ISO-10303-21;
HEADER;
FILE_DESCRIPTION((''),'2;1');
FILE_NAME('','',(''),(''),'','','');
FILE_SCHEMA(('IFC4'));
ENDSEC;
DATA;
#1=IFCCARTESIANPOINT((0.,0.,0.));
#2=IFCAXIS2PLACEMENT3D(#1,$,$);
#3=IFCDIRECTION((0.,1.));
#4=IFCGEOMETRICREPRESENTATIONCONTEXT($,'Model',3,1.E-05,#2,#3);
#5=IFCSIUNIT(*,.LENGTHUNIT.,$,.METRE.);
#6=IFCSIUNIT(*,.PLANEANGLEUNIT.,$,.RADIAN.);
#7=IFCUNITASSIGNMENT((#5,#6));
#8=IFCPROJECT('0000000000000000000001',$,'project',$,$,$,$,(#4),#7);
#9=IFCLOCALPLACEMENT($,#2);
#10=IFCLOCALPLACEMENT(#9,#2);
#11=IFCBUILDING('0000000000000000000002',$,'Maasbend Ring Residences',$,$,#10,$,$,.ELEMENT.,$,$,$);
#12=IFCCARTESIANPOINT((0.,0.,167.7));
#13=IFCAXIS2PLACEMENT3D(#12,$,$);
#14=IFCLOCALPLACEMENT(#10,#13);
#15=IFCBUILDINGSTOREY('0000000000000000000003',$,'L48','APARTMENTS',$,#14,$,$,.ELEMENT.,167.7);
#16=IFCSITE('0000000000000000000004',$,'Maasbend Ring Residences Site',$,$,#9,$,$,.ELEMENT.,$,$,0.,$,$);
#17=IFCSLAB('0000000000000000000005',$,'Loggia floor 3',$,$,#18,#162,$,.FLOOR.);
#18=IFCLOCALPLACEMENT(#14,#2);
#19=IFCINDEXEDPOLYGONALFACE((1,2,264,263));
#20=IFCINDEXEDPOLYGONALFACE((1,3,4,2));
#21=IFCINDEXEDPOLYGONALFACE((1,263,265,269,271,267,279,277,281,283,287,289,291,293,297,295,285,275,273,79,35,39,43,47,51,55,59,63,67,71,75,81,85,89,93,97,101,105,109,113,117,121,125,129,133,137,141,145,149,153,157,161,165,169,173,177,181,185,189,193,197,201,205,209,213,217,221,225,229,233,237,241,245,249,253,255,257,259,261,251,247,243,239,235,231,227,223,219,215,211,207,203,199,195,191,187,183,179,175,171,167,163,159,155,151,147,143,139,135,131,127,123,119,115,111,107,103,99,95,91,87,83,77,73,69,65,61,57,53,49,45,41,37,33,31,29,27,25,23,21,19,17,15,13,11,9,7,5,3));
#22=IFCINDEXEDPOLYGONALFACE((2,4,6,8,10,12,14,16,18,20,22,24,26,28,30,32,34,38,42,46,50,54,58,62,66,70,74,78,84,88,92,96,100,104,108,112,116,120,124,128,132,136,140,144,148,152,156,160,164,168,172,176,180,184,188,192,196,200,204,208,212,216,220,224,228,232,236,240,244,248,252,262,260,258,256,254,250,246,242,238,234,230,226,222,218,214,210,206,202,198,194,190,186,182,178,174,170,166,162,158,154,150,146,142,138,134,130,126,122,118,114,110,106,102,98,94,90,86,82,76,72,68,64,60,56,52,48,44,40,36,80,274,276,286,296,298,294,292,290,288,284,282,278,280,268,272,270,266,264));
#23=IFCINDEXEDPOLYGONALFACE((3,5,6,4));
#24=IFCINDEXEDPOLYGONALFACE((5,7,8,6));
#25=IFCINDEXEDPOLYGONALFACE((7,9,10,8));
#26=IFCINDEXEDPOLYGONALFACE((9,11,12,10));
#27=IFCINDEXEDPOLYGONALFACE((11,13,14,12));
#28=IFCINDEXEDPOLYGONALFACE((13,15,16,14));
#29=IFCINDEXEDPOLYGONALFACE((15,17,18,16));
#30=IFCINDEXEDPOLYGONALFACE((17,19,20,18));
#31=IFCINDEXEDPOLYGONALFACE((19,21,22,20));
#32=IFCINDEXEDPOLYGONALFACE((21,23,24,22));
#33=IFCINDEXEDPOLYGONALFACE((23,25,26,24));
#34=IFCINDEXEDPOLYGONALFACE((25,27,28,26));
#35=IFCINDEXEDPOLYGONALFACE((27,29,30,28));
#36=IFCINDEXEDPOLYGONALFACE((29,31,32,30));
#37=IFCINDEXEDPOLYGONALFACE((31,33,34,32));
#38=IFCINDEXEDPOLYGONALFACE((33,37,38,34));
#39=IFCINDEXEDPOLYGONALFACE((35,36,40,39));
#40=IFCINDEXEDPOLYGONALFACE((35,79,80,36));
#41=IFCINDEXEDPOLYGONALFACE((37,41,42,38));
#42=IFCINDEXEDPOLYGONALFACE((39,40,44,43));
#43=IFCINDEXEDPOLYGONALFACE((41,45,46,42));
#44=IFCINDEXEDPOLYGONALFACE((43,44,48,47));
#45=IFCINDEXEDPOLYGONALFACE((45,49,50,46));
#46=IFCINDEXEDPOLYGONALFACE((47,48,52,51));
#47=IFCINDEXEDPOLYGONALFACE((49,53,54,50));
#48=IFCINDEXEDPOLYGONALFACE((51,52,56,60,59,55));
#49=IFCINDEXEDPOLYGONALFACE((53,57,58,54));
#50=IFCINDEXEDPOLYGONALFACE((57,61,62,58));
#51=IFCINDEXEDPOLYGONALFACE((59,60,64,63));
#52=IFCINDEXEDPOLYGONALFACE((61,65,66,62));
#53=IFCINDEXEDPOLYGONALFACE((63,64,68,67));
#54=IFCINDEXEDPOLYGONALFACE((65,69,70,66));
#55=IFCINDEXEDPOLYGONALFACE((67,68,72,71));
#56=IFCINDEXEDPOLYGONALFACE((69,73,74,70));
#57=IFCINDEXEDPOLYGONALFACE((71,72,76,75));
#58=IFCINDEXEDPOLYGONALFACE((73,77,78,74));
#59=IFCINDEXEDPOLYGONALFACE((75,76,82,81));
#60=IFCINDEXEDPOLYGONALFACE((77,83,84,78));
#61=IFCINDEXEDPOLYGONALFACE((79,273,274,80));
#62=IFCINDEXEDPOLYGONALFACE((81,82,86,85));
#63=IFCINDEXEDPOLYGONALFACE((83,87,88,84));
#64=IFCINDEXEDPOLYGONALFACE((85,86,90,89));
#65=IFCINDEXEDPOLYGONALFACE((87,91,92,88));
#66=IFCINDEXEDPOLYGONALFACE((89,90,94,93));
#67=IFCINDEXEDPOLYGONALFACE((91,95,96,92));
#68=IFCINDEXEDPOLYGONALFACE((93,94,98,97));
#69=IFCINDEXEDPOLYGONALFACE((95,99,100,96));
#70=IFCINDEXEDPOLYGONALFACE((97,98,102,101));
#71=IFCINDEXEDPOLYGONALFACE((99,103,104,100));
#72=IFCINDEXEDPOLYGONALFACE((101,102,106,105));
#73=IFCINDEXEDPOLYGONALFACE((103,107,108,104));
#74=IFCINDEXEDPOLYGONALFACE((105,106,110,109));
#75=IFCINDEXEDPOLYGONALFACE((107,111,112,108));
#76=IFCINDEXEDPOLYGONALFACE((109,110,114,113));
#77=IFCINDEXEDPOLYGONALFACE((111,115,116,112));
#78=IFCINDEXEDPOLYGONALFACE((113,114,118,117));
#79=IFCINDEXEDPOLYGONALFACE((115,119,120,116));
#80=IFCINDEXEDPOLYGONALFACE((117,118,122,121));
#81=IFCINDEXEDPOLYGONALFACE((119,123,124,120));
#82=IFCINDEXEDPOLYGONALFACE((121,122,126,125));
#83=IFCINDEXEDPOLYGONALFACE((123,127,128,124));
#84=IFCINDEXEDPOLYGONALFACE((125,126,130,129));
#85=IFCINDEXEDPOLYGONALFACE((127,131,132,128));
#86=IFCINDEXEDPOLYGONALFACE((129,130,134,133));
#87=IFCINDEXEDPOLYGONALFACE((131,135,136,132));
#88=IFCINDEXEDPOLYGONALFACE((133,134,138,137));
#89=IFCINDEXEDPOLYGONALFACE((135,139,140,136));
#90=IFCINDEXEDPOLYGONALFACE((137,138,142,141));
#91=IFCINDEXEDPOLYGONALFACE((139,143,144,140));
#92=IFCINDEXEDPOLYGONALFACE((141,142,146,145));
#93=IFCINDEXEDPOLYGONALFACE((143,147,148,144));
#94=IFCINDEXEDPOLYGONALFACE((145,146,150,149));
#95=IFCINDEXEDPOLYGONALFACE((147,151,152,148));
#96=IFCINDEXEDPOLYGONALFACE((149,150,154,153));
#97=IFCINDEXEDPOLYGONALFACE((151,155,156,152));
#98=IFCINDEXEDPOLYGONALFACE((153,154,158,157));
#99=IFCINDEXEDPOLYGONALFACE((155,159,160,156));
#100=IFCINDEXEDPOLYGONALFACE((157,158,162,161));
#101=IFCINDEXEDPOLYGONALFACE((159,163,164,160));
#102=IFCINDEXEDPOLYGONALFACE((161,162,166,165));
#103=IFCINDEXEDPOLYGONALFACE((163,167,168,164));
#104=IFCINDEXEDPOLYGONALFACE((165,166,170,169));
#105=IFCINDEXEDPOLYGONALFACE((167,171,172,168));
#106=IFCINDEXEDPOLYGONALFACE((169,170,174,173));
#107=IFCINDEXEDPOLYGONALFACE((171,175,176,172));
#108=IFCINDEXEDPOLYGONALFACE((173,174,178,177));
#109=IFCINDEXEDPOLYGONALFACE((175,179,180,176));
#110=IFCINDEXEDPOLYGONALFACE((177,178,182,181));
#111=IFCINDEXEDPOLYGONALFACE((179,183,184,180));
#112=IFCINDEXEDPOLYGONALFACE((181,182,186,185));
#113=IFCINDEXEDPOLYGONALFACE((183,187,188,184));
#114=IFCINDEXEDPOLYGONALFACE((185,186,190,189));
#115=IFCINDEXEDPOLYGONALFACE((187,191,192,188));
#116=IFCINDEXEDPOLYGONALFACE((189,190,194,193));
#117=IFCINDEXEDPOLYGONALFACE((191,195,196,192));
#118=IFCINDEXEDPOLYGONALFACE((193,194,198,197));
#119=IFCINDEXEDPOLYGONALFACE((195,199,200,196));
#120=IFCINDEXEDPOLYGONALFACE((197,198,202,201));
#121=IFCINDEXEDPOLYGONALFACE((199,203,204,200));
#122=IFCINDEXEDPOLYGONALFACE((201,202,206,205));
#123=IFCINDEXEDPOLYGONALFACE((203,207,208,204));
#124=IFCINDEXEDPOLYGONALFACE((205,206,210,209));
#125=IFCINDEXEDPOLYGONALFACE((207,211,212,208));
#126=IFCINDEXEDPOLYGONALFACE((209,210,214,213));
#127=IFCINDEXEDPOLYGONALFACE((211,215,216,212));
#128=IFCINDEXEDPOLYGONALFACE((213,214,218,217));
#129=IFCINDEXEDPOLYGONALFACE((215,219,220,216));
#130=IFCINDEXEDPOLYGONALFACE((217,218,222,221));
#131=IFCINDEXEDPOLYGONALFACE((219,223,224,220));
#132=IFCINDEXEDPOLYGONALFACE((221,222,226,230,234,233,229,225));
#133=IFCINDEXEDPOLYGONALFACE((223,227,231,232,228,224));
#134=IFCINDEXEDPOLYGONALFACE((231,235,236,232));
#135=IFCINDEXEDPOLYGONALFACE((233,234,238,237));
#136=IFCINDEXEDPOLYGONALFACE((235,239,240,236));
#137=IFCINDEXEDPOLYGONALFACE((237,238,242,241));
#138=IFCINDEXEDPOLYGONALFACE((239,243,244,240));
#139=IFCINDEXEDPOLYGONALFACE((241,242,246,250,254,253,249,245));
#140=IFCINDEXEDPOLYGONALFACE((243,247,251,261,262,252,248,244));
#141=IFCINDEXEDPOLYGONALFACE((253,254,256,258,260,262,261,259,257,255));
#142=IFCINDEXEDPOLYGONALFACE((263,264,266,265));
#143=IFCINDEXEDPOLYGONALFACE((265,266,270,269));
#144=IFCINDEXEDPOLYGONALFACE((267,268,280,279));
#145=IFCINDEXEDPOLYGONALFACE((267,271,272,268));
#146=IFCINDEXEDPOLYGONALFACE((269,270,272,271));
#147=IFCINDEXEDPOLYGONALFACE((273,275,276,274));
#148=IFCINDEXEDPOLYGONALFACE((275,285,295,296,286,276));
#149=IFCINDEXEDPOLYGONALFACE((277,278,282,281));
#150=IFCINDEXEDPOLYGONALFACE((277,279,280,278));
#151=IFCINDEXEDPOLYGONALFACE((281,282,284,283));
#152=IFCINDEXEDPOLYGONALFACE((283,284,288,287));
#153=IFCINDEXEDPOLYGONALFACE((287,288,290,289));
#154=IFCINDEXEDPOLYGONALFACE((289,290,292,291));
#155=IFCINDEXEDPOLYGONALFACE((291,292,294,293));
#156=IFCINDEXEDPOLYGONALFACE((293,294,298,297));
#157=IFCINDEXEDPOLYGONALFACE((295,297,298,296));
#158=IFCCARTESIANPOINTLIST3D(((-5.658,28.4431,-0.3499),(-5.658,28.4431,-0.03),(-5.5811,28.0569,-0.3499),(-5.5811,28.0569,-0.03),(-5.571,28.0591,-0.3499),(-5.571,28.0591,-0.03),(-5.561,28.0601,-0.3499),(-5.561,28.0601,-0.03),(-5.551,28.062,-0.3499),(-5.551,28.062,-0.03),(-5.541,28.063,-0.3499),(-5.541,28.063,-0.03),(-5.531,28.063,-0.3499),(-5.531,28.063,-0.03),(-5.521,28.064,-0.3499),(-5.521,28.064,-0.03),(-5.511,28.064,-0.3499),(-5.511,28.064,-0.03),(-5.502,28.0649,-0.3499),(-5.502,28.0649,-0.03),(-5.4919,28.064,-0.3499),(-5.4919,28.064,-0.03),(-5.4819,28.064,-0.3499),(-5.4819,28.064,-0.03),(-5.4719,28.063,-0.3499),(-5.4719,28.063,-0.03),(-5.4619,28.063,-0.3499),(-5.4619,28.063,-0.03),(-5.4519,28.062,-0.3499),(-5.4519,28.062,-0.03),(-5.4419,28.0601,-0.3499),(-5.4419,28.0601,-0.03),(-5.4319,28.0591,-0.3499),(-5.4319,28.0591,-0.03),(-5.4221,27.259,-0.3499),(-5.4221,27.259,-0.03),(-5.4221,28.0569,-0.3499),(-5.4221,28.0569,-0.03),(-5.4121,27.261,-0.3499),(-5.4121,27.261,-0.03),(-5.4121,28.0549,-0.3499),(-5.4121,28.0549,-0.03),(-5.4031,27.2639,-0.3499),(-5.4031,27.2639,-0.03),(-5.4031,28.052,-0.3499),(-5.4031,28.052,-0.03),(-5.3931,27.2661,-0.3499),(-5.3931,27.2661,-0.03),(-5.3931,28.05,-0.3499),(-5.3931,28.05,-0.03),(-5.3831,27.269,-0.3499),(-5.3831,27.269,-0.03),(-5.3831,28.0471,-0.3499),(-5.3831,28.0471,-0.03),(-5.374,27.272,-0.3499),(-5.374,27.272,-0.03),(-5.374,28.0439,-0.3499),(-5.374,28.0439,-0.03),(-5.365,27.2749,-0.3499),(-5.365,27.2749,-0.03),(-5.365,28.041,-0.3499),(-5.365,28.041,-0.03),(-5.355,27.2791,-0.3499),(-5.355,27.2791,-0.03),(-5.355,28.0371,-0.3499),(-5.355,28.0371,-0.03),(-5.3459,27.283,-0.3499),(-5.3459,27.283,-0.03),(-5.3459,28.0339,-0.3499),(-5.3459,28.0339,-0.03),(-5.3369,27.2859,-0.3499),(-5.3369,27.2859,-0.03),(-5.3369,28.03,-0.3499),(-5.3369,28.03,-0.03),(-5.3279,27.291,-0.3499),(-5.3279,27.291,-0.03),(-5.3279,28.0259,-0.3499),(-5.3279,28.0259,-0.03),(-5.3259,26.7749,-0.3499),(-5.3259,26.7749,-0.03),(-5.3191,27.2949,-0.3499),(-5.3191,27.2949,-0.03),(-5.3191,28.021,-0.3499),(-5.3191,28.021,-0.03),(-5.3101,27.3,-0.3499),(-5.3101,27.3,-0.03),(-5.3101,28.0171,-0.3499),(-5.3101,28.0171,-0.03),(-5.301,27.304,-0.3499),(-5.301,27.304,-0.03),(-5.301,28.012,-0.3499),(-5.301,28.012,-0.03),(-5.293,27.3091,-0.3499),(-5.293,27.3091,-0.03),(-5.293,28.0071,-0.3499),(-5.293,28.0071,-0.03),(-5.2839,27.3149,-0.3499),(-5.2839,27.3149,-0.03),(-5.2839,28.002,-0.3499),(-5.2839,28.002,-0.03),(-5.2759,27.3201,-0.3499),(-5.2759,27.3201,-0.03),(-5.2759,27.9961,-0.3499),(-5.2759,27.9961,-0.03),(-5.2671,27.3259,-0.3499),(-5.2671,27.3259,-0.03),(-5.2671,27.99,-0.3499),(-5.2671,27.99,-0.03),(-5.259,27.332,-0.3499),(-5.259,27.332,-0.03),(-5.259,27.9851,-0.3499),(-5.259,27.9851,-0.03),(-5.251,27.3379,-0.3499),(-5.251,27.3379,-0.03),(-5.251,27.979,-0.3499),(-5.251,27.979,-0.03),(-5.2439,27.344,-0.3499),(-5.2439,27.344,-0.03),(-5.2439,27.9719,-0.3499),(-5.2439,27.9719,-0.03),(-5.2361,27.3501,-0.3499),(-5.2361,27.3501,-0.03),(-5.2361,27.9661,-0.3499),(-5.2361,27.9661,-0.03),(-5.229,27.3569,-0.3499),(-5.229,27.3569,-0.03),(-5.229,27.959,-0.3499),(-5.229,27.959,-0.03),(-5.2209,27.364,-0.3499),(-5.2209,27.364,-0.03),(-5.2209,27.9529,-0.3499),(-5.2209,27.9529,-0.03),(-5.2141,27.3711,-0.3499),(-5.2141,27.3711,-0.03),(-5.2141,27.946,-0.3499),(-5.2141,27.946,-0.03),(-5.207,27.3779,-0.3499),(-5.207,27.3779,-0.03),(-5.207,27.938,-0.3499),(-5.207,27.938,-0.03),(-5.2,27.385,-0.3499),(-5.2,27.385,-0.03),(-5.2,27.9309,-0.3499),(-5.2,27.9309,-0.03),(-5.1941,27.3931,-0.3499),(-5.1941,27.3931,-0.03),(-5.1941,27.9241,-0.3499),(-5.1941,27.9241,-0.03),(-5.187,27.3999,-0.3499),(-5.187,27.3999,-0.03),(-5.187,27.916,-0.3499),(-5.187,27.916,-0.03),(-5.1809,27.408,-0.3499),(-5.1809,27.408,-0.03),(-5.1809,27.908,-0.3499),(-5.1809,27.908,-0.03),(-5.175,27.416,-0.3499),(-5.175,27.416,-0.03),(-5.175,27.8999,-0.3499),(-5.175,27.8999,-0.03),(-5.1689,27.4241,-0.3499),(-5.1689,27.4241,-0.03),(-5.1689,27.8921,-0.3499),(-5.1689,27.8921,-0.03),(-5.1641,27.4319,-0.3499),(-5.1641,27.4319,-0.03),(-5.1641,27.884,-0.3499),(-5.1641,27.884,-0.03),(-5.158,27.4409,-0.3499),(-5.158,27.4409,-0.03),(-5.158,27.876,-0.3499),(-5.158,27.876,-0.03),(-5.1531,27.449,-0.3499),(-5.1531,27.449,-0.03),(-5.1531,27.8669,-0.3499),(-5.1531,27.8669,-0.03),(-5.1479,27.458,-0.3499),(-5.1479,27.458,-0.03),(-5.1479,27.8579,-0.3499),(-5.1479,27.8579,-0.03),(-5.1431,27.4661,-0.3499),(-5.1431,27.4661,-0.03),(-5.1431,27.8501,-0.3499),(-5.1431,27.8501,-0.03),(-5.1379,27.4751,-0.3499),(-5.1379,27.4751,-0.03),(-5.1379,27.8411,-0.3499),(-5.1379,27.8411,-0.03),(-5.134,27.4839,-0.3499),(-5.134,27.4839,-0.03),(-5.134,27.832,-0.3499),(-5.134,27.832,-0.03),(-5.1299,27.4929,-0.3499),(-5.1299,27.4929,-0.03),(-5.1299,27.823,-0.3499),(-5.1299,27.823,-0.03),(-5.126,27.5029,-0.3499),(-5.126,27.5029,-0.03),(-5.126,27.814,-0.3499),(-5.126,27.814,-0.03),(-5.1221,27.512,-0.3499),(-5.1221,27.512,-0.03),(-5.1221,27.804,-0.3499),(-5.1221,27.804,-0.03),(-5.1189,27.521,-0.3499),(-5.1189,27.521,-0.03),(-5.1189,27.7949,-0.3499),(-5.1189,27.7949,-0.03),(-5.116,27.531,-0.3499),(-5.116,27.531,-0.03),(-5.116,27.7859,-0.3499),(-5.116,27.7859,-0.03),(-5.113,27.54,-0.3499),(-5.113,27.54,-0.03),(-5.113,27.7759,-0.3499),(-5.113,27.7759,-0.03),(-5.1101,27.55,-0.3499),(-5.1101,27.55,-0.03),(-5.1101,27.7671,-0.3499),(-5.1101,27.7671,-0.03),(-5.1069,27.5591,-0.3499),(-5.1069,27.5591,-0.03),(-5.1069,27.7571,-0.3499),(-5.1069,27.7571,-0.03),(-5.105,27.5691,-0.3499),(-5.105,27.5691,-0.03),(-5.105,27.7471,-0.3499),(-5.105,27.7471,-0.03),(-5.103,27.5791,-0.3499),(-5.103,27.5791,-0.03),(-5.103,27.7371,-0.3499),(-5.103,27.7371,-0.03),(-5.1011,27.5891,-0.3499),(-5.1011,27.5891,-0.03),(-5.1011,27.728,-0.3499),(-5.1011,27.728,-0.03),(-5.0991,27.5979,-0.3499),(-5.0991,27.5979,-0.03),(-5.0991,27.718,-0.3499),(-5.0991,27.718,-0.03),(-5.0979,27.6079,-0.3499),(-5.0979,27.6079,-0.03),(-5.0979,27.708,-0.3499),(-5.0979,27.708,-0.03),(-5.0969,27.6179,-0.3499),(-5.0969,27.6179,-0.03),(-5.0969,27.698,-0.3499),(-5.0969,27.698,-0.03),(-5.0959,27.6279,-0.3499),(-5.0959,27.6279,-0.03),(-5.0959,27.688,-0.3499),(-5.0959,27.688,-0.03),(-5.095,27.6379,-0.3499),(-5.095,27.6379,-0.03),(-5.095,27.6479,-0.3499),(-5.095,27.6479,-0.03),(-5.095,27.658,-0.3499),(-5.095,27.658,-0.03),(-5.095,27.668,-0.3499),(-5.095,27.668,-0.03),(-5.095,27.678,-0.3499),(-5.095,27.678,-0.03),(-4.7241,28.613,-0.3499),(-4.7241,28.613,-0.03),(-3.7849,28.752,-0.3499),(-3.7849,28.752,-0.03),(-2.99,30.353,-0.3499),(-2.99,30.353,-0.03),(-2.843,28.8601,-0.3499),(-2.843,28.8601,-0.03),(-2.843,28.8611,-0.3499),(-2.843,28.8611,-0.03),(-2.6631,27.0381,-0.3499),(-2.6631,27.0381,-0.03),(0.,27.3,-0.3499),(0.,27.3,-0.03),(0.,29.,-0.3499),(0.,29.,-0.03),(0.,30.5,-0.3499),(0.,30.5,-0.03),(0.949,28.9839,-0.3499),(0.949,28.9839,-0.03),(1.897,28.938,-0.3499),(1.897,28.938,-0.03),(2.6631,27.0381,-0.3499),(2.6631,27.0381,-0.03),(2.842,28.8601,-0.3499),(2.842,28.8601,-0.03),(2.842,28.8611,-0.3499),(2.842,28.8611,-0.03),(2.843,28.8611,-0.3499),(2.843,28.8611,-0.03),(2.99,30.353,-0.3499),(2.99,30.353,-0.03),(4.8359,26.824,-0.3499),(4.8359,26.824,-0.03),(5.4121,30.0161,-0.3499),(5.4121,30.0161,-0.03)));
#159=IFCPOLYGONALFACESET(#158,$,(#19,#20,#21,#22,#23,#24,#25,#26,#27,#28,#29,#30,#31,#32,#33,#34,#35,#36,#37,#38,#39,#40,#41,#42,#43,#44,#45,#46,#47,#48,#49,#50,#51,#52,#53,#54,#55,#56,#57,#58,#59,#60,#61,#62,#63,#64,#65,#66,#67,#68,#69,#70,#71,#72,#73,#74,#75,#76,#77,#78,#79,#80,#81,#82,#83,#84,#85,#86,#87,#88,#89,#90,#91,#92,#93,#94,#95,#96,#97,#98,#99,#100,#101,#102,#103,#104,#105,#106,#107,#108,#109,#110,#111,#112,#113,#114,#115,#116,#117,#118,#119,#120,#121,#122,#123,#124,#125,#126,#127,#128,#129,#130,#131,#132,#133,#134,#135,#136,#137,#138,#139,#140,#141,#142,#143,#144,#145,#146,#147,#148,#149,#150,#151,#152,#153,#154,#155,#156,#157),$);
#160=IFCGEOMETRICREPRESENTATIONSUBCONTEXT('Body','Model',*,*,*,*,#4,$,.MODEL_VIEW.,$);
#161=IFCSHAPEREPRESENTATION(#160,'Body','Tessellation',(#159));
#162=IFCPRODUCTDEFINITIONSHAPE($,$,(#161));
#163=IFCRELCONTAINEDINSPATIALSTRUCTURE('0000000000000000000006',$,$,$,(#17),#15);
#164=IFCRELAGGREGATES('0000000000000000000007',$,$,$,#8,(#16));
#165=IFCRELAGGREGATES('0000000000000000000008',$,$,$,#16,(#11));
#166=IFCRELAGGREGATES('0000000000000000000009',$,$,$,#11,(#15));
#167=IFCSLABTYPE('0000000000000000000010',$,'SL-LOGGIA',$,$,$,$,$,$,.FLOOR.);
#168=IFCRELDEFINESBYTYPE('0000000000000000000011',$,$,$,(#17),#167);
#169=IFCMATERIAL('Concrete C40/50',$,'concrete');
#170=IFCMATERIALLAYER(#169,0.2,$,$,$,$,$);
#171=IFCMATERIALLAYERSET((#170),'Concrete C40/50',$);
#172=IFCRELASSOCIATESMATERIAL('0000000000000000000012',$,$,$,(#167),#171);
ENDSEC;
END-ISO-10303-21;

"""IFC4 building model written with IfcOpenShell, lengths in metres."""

from ifc_helpers import new_model, si_unit, direction, frame, origin, place, context, subcontext, project, spatial, polyline, outline, extrude, material, layer, layer_set, type_object, element, save


model = new_model("IFC4")

# Units and contexts
model_context = context("Model", 3, precision=1e-05, world=origin(), true_north=direction((0.0, 1.0)))
body_context = subcontext(model_context, "Body", "Model", "MODEL_VIEW")
ifc_project = project(units=[si_unit("LENGTHUNIT", "METRE"), si_unit("PLANEANGLEUNIT", "RADIAN")], contexts=[model_context])

# Site, building, storey
site_placement = place(None, origin())
site = spatial("IfcSite", under=ifc_project, at=site_placement, Name="Maasbend Ring Residences Site", CompositionType="ELEMENT", RefElevation=0.0)
building_placement = place(site_placement, origin())
building = spatial("IfcBuilding", under=site, at=building_placement, Name="Maasbend Ring Residences", CompositionType="ELEMENT")
storey_placement = place(building_placement, frame((0.0, 0.0, 167.7)))
storey = spatial("IfcBuildingStorey", under=building, at=storey_placement, Name="L48", Description="APARTMENTS", CompositionType="ELEMENT", Elevation=167.7)

# Slab
ifc_material_1 = material(Name="Concrete C40/50", Category="concrete")
ifc_layer_1 = layer(ifc_material_1, 0.2)
ifc_layer_set_1 = layer_set([ifc_layer_1], Name="Concrete C40/50")
slab_type_1 = type_object("IfcSlabType", Name="SL-LOGGIA", PredefinedType="FLOOR", material=ifc_layer_set_1)
slab_1_placement = place(storey_placement, frame((0.0, 0.0, -0.3499)))
element("IfcSlab", 1, at=slab_1_placement, inside=storey, type_object=slab_type_1, Name="Loggia floor 3", PredefinedType="FLOOR", context=body_context, shape_type="SweptSolid", body=[
    extrude(outline(polyline([(-3.7849, 28.752), (-2.843, 28.8601), (-2.843, 28.8601), (-2.843, 28.8601), (-2.843, 28.8601), (-2.843, 28.8601), (-2.843, 28.8601), (-2.843, 28.8601), (-2.843, 28.8601), (-2.843, 28.8601), (-2.843, 28.8611), (-2.843, 28.8611), (-2.843, 28.8611), (-2.843, 28.8611), (-2.843, 28.8611), (-2.843, 28.8611), (-2.843, 28.8611), (-2.843, 28.8611), (-2.99, 30.353), (-2.99, 30.353), (-2.99, 30.353), (0.0, 30.5), (0.0, 30.5), (0.0, 30.5), (0.0, 29.0), (0.0, 29.0), (0.0, 29.0), (0.0, 29.0), (0.0, 29.0), (0.0, 29.0), (0.0, 29.0), (0.0, 29.0), (0.0, 29.0), (0.0, 29.0), (0.0, 29.0), (0.0, 29.0), (0.0, 29.0), (0.0, 29.0), (0.0, 29.0), (0.0, 29.0), (0.0, 29.0), (0.949, 28.9839), (0.949, 28.9839), (1.897, 28.938), (1.897, 28.938), (2.842, 28.8601), (2.842, 28.8601), (2.842, 28.8601), (2.842, 28.8601), (2.842, 28.8601), (2.842, 28.8601), (2.842, 28.8601), (2.842, 28.8601), (2.842, 28.8611), (2.842, 28.8611), (2.842, 28.8611), (2.842, 28.8611), (2.842, 28.8611), (2.843, 28.8611), (2.843, 28.8611), (2.843, 28.8611), (2.843, 28.8611), (2.99, 30.353), (2.99, 30.353), (2.99, 30.353), (5.4121, 30.0161), (5.4121, 30.0161), (5.4121, 30.0161), (4.8359, 26.824), (4.8359, 26.824), (4.8359, 26.824), (2.6631, 27.0381), (0.0, 27.3), (0.0, 27.3), (0.0, 27.3), (-2.6631, 27.0381), (-5.3259, 26.7749), (-5.3259, 26.7749), (-5.3259, 26.7749), (-5.4221, 27.259), (-5.4221, 27.259), (-5.4121, 27.261), (-5.4031, 27.2639), (-5.3931, 27.2661), (-5.3831, 27.269), (-5.374, 27.272), (-5.365, 27.2749), (-5.355, 27.2791), (-5.3459, 27.283), (-5.3369, 27.2859), (-5.3279, 27.291), (-5.3191, 27.2949), (-5.3101, 27.3), (-5.301, 27.304), (-5.293, 27.3091), (-5.2839, 27.3149), (-5.2759, 27.3201), (-5.2671, 27.3259), (-5.259, 27.332), (-5.251, 27.3379), (-5.2439, 27.344), (-5.2361, 27.3501), (-5.229, 27.3569), (-5.2209, 27.364), (-5.2141, 27.3711), (-5.207, 27.3779), (-5.2, 27.385), (-5.1941, 27.3931), (-5.187, 27.3999), (-5.1809, 27.408), (-5.175, 27.416), (-5.1689, 27.4241), (-5.1641, 27.4319), (-5.158, 27.4409), (-5.1531, 27.449), (-5.1479, 27.458), (-5.1431, 27.4661), (-5.1379, 27.4751), (-5.134, 27.4839), (-5.1299, 27.4929), (-5.126, 27.5029), (-5.1221, 27.512), (-5.1189, 27.521), (-5.116, 27.531), (-5.113, 27.54), (-5.1101, 27.55), (-5.1069, 27.5591), (-5.105, 27.5691), (-5.103, 27.5791), (-5.1011, 27.5891), (-5.0991, 27.5979), (-5.0979, 27.6079), (-5.0969, 27.6179), (-5.0959, 27.6279), (-5.095, 27.6379), (-5.095, 27.6479), (-5.095, 27.658), (-5.095, 27.668), (-5.095, 27.678), (-5.0959, 27.688), (-5.0969, 27.698), (-5.0979, 27.708), (-5.0991, 27.718), (-5.1011, 27.728), (-5.103, 27.7371), (-5.105, 27.7471), (-5.1069, 27.7571), (-5.1101, 27.7671), (-5.113, 27.7759), (-5.116, 27.7859), (-5.1189, 27.7949), (-5.1221, 27.804), (-5.126, 27.814), (-5.1299, 27.823), (-5.134, 27.832), (-5.1379, 27.8411), (-5.1431, 27.8501), (-5.1479, 27.8579), (-5.1531, 27.8669), (-5.158, 27.876), (-5.1641, 27.884), (-5.1689, 27.8921), (-5.175, 27.8999), (-5.1809, 27.908), (-5.187, 27.916), (-5.1941, 27.9241), (-5.2, 27.9309), (-5.207, 27.938), (-5.2141, 27.946), (-5.2209, 27.9529), (-5.229, 27.959), (-5.2361, 27.9661), (-5.2439, 27.9719), (-5.251, 27.979), (-5.259, 27.9851), (-5.2671, 27.99), (-5.2759, 27.9961), (-5.2839, 28.002), (-5.293, 28.0071), (-5.301, 28.012), (-5.3101, 28.0171), (-5.3191, 28.021), (-5.3279, 28.0259), (-5.3369, 28.03), (-5.3459, 28.0339), (-5.355, 28.0371), (-5.365, 28.041), (-5.374, 28.0439), (-5.3831, 28.0471), (-5.3931, 28.05), (-5.4031, 28.052), (-5.4121, 28.0549), (-5.4221, 28.0569), (-5.4319, 28.0591), (-5.4419, 28.0601), (-5.4519, 28.062), (-5.4619, 28.063), (-5.4719, 28.063), (-5.4819, 28.064), (-5.4919, 28.064), (-5.502, 28.0649), (-5.511, 28.064), (-5.521, 28.064), (-5.531, 28.063), (-5.541, 28.063), (-5.551, 28.062), (-5.561, 28.0601), (-5.571, 28.0591), (-5.5811, 28.0569), (-5.5811, 28.0569), (-5.658, 28.4431), (-5.658, 28.4431), (-5.658, 28.4431), (-4.7241, 28.613), (-4.7241, 28.613), (-3.7849, 28.752), (-3.7849, 28.752)])), origin(), (0.0, 0.0, 1.0), 0.3198),
])

save(model, "model.ifc")
